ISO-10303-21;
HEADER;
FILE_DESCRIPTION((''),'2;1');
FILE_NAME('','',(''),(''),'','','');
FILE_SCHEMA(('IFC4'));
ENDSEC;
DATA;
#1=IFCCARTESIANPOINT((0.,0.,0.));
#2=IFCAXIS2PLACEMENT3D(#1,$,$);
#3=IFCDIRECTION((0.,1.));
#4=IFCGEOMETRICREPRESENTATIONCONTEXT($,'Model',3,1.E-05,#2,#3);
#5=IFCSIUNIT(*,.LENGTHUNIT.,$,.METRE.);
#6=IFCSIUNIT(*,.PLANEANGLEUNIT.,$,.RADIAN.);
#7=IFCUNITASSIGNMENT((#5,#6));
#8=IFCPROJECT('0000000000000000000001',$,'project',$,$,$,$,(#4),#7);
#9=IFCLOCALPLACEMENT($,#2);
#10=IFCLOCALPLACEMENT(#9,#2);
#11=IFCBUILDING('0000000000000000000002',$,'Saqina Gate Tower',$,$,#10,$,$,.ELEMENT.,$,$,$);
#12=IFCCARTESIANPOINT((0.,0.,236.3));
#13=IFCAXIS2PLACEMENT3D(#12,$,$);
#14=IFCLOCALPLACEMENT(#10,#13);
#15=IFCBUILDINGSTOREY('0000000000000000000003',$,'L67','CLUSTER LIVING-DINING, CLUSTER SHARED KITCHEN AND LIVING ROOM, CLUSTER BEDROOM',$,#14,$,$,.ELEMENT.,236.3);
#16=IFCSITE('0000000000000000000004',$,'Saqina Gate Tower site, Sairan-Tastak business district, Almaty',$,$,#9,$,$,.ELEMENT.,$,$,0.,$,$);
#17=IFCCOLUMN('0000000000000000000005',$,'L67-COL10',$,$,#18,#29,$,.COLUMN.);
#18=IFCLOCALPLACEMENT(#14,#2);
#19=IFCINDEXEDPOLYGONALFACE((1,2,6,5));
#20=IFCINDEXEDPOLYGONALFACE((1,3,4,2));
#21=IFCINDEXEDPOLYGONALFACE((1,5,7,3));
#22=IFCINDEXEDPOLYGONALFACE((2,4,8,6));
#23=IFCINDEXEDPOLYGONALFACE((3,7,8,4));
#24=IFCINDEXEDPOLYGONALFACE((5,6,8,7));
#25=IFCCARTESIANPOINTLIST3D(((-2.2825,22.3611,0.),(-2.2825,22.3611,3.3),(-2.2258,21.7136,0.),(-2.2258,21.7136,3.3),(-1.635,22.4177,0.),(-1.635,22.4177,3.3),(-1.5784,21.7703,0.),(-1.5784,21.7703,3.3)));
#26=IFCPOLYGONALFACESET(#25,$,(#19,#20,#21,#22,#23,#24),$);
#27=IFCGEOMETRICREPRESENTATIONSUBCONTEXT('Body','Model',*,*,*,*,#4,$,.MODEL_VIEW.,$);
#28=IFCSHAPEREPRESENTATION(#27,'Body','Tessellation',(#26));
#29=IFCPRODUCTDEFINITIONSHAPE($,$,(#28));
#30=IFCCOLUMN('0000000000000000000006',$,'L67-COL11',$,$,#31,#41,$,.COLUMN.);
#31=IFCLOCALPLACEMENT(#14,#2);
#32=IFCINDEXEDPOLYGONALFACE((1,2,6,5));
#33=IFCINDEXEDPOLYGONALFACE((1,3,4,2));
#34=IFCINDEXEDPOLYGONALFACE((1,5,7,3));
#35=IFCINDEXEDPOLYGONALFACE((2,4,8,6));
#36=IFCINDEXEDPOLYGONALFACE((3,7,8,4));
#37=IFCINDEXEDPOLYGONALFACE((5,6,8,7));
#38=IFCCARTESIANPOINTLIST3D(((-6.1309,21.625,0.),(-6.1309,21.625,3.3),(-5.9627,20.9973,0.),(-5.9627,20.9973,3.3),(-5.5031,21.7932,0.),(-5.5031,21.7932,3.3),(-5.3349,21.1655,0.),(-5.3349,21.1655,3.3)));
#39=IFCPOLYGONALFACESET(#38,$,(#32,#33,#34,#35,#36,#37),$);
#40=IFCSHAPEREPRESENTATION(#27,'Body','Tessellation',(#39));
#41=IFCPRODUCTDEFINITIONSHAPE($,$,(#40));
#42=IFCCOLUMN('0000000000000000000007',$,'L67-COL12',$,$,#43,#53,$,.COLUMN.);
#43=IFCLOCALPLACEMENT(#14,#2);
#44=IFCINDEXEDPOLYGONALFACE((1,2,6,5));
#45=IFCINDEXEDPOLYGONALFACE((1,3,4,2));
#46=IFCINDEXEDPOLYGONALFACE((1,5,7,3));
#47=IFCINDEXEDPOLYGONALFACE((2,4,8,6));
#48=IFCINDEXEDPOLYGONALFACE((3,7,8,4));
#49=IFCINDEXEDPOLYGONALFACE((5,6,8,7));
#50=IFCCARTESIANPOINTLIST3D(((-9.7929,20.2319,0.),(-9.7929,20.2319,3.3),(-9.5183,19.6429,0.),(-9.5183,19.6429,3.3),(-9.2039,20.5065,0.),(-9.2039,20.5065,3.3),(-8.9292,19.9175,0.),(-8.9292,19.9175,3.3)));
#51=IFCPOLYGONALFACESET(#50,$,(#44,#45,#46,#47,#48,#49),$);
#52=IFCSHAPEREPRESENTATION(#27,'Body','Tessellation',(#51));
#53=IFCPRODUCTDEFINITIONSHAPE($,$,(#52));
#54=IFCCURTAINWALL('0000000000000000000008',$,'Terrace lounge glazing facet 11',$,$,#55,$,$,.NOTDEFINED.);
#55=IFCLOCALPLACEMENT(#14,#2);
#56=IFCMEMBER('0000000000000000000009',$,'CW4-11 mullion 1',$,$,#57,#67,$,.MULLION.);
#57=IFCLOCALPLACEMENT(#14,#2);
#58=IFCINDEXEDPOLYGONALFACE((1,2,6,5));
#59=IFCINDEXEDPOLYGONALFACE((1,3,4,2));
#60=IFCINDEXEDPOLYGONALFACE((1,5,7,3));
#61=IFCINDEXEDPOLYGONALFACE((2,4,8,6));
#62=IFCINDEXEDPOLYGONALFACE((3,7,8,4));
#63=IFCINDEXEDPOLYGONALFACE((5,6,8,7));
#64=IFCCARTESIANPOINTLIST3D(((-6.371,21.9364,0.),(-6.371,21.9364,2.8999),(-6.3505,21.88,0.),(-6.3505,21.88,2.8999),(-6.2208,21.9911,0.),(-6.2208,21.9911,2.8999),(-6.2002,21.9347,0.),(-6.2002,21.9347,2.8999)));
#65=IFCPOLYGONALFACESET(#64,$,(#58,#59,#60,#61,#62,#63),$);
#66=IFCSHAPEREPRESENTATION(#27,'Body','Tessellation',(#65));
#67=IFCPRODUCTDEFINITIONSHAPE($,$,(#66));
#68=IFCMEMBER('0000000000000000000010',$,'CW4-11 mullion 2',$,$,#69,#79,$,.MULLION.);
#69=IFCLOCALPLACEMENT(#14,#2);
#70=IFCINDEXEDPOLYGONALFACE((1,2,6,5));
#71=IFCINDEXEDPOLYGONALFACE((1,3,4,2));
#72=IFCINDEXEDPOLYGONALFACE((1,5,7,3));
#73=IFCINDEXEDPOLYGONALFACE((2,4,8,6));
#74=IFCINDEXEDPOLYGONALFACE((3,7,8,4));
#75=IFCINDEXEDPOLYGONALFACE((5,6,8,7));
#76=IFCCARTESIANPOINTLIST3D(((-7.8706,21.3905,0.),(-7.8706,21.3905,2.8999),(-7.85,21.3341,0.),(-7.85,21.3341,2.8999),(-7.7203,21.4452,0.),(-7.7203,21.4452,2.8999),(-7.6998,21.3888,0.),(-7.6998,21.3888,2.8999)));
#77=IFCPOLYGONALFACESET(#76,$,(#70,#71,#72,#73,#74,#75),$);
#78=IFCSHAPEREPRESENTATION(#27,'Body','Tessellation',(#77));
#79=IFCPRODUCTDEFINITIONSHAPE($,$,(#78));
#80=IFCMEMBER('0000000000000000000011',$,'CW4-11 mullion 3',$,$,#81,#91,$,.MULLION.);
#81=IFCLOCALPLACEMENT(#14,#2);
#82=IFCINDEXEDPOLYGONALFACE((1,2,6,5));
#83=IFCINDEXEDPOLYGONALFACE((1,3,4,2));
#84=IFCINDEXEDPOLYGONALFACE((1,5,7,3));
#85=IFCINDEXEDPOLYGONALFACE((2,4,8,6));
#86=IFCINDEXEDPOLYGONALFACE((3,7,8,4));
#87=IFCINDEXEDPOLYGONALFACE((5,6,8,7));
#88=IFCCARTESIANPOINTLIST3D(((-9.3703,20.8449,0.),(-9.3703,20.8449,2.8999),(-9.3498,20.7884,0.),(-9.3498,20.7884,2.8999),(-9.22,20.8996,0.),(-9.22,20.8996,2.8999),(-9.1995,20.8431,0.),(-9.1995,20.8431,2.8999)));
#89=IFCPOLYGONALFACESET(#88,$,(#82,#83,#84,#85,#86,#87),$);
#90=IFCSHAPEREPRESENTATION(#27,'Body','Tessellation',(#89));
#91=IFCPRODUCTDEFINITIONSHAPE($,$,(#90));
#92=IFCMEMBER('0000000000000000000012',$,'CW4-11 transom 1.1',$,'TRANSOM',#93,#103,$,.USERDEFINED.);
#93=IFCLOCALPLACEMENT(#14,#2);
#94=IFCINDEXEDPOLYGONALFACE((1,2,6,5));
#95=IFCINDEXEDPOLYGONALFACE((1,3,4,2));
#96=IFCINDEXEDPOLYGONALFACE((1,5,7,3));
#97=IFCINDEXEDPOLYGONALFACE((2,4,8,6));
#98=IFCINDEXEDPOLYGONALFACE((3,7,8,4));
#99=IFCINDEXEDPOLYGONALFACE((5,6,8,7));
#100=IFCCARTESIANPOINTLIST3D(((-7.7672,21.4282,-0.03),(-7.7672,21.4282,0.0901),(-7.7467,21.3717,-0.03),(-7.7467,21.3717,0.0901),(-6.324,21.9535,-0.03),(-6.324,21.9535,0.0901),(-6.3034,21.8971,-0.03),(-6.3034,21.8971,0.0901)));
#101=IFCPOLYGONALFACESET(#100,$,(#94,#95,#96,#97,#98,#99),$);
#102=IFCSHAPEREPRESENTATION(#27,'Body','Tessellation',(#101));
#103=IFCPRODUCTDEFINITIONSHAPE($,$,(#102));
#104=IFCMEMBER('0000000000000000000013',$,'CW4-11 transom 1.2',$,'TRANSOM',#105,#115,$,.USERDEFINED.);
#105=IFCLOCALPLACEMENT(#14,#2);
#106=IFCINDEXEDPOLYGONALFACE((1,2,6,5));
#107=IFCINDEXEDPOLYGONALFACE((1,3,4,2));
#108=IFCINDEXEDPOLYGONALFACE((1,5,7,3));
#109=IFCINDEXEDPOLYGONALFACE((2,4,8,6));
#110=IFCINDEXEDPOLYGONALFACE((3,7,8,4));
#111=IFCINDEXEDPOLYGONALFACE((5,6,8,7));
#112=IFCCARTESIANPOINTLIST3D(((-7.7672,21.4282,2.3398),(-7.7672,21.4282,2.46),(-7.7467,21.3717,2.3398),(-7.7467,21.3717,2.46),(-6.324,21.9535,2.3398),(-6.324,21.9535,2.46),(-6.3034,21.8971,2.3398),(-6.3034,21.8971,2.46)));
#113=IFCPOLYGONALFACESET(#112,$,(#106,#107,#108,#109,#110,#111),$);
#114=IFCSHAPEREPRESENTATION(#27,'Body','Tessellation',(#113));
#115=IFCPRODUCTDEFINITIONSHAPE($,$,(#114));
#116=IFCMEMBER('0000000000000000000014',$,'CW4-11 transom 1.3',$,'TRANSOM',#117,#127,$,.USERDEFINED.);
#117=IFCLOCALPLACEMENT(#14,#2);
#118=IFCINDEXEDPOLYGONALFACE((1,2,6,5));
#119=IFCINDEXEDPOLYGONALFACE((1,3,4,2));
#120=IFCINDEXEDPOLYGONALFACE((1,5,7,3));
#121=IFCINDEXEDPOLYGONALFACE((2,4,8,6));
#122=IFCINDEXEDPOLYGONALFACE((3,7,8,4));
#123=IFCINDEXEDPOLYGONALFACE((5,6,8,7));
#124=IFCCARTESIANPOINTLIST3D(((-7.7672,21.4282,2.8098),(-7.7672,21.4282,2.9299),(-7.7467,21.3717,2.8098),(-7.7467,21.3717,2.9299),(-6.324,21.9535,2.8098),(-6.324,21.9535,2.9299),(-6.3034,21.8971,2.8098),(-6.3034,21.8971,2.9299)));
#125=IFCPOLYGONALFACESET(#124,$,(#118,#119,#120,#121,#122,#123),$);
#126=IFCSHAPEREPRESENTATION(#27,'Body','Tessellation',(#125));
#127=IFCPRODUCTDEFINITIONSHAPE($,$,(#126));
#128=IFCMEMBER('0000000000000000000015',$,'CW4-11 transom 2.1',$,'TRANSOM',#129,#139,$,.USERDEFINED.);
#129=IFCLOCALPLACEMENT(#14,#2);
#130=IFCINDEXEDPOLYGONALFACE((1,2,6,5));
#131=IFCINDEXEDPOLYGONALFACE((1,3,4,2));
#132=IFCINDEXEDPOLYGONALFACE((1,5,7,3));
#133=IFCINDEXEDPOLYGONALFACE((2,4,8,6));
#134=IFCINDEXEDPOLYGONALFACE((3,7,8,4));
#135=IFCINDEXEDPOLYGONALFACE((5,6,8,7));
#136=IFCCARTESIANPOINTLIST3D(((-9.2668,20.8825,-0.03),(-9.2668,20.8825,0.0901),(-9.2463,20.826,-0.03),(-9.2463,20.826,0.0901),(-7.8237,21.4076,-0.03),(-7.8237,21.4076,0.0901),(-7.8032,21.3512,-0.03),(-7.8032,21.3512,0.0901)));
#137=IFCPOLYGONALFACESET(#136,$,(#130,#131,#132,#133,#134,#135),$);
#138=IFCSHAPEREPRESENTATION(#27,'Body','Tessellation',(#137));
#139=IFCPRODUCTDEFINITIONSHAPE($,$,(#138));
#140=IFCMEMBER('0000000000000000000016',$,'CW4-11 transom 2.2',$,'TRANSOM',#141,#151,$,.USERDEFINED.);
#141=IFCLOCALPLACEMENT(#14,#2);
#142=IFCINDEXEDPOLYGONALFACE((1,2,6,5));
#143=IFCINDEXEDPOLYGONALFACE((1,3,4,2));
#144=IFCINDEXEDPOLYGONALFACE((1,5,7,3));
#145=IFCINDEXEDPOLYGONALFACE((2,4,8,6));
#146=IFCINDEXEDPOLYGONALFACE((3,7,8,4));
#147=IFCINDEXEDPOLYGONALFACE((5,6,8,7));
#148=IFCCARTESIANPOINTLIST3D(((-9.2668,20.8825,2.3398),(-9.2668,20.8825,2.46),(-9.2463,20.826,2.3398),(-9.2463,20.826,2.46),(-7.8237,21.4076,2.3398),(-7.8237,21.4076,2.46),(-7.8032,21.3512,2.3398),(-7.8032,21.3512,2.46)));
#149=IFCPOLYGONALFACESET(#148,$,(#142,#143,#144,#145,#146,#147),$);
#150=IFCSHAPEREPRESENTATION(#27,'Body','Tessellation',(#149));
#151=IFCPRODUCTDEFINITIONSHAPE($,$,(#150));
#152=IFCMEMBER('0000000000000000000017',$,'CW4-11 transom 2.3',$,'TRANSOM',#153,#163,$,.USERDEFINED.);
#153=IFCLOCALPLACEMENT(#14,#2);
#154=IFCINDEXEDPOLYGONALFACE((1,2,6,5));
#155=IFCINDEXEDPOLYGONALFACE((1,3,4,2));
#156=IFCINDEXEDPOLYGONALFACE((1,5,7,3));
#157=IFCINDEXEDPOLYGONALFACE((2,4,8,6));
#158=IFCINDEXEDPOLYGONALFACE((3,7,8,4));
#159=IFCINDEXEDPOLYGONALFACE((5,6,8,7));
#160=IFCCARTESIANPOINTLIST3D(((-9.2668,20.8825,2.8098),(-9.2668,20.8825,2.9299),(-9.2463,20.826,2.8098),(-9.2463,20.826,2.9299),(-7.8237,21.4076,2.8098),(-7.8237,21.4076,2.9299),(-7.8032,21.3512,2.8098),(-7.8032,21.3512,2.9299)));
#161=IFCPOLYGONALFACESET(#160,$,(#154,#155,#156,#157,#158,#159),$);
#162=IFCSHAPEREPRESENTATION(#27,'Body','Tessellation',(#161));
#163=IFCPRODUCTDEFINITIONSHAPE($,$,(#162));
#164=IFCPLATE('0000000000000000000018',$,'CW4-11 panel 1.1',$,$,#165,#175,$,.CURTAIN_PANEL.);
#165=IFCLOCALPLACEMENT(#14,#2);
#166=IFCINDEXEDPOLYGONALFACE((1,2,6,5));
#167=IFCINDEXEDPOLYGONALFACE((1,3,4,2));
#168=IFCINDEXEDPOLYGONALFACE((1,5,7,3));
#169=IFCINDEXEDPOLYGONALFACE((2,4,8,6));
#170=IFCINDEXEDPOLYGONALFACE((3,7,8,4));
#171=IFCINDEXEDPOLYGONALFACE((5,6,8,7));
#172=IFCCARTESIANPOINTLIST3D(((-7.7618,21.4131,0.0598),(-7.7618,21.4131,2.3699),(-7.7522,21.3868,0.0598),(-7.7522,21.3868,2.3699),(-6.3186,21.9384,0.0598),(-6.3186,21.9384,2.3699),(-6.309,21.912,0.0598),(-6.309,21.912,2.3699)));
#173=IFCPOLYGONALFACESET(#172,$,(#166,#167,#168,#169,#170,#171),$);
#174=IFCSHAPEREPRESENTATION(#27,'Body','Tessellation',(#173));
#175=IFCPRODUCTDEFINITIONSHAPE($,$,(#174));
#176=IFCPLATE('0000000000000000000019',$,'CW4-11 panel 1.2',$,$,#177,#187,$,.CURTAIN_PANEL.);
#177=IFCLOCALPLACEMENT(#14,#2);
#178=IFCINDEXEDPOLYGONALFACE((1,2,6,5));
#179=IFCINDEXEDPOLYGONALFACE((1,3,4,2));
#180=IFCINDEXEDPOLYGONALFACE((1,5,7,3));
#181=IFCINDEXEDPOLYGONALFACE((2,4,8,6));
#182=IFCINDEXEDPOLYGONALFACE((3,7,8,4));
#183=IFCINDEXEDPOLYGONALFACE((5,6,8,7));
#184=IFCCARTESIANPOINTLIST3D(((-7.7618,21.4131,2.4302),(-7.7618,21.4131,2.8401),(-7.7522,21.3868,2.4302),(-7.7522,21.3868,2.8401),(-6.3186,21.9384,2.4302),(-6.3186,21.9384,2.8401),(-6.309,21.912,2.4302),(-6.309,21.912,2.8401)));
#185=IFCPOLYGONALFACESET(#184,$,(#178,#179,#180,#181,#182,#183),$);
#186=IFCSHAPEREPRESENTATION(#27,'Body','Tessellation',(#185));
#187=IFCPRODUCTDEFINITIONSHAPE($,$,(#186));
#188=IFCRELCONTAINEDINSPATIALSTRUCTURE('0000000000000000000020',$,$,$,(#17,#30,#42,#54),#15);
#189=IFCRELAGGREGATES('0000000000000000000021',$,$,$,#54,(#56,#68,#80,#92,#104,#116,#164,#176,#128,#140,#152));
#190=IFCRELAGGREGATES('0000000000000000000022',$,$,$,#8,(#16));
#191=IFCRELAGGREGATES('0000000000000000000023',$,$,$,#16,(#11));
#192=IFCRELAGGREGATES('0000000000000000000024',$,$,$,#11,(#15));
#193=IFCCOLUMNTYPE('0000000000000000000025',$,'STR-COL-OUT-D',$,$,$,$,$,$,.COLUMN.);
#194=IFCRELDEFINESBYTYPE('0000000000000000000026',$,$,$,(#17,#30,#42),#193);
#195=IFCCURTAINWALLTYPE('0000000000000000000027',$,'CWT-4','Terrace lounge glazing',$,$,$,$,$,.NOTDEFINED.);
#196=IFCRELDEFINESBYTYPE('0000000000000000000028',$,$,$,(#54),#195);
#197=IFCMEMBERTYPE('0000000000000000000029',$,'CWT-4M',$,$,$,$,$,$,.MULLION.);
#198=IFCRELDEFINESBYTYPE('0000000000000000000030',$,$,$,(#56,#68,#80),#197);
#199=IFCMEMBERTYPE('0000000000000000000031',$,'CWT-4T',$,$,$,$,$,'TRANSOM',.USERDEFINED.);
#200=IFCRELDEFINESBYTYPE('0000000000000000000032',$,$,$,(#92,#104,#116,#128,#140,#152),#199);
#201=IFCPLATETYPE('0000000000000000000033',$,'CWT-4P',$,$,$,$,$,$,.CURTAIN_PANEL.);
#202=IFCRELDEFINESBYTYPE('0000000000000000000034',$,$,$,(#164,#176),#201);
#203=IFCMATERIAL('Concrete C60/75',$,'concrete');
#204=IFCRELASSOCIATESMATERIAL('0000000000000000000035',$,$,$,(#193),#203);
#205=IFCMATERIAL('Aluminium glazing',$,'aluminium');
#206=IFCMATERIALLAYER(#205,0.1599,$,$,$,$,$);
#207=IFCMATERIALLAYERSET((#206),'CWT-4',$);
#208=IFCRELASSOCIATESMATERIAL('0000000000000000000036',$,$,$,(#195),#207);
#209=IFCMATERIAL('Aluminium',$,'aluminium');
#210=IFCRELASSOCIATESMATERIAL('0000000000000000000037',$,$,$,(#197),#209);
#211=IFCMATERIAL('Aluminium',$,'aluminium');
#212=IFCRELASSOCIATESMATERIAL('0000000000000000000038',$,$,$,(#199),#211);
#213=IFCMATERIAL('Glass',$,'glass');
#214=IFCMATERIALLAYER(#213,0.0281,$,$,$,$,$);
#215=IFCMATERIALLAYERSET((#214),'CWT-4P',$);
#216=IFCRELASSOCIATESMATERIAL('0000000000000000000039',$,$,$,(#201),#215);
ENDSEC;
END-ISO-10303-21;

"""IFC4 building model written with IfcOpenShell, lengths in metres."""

from ifc_helpers import new_model, si_unit, direction, frame, origin, origin_2d, place, context, subcontext, project, spatial, rectangle, extrude, material, layer, layer_set, material_profile, profile_set, type_object, element, aggregate, save


model = new_model("IFC4")

# Units and contexts
model_context = context("Model", 3, precision=1e-05, world=origin(), true_north=direction((0.0, 1.0)))
body_context = subcontext(model_context, "Body", "Model", "MODEL_VIEW")
ifc_project = project(units=[si_unit("LENGTHUNIT", "METRE"), si_unit("PLANEANGLEUNIT", "RADIAN")], contexts=[model_context])

# Site, building, storey
site_placement = place(None, origin())
site = spatial("IfcSite", under=ifc_project, at=site_placement, Name="Saqina Gate Tower site, Sairan-Tastak business district, Almaty", CompositionType="ELEMENT", RefElevation=0.0)
building_placement = place(site_placement, origin())
building = spatial("IfcBuilding", under=site, at=building_placement, Name="Saqina Gate Tower", CompositionType="ELEMENT")
storey_placement = place(building_placement, frame((0.0, 0.0, 236.3)))
storey = spatial("IfcBuildingStorey", under=building, at=storey_placement, Name="L67", Description="CLUSTER LIVING-DINING, CLUSTER SHARED KITCHEN AND LIVING ROOM, CLUSTER BEDROOM", CompositionType="ELEMENT", Elevation=236.3)

# Columns
ifc_material_1 = material(Name="Concrete C60/75", Category="concrete")
ifc_material_profile_1 = material_profile(ifc_material_1, rectangle(XDim=0.6499, YDim=0.6499, at=origin_2d()), Name="RC 650x650")
ifc_profile_set_1 = profile_set([ifc_material_profile_1], Name="Concrete C60/75")
column_type = type_object("IfcColumnType", Name="STR-COL-OUT-D", PredefinedType="COLUMN", material=ifc_profile_set_1)
for number, where, z_axis, x_axis, name in (
    (1, (-1.9304, 22.0657, 0.0), (0.0, 0.0, 1.0), (-0.087156, 0.996195, 0.0), "L67-COL10"),
    (2, (-5.7329, 21.3953, 0.0), (0.0, 0.0, 1.0), (-0.258819, 0.965926, 0.0), "L67-COL11"),
    (3, (-9.3611, 20.0747, 0.0), (0.0, 0.0, 1.0), (-0.422618, 0.906308, 0.0), "L67-COL12"),
):
    element("IfcColumn", number, at=place(storey_placement, frame(where, z_axis=z_axis, x_axis=x_axis)), inside=storey, type_object=column_type, Name=name, PredefinedType="COLUMN", context=body_context, shape_type="SweptSolid", body=[
        extrude(rectangle(XDim=0.6499, YDim=0.6499, at=origin_2d()), origin(), (0.0, 0.0, 1.0), 3.3),
    ])

# Curtain wall, members, plates
ifc_material_2 = material(Name="Aluminium glazing", Category="aluminium")
ifc_layer_1 = layer(ifc_material_2, 0.1599)
ifc_layer_set_1 = layer_set([ifc_layer_1], Name="CWT-4")
curtain_wall_type = type_object("IfcCurtainWallType", Name="CWT-4", Description="Terrace lounge glazing", PredefinedType="NOTDEFINED", material=ifc_layer_set_1)
curtain_wall_placement = place(storey_placement, origin())
curtain_wall = element("IfcCurtainWall", 4, at=curtain_wall_placement, inside=storey, type_object=curtain_wall_type, Name="Terrace lounge glazing facet 11", PredefinedType="NOTDEFINED")
ifc_material_3 = material(Name="Aluminium", Category="aluminium")
ifc_material_profile_2 = material_profile(ifc_material_3, rectangle(XDim=0.0601, YDim=0.1599, at=origin_2d()), Name="Aluminium 60x160")
ifc_profile_set_2 = profile_set([ifc_material_profile_2], Name="Aluminium")
member_type_1 = type_object("IfcMemberType", Name="CWT-4M", PredefinedType="MULLION", material=ifc_profile_set_2)
member_1_placement = place(storey_placement, frame((-6.2856, 21.9355, 0.0), z_axis=(0.0, 0.0, 1.0), x_axis=(0.342007, -0.939697, 0.0)))
member_1 = element("IfcMember", 5, at=member_1_placement, type_object=member_type_1, Name="CW4-11 mullion 1", PredefinedType="MULLION", context=body_context, shape_type="SweptSolid", body=[
    extrude(rectangle(XDim=0.0601, YDim=0.1599, at=origin_2d()), origin(), (0.0, 0.0, 1.0), 2.8999),
])
member_2_placement = place(storey_placement, frame((-7.7852, 21.3896, 0.0), z_axis=(0.0, 0.0, 1.0), x_axis=(0.342007, -0.939697, 0.0)))
member_2 = element("IfcMember", 6, at=member_2_placement, type_object=member_type_1, Name="CW4-11 mullion 2", PredefinedType="MULLION", context=body_context, shape_type="SweptSolid", body=[
    extrude(rectangle(XDim=0.0601, YDim=0.1599, at=origin_2d()), origin(), (0.0, 0.0, 1.0), 2.8999),
])
member_3_placement = place(storey_placement, frame((-9.2849, 20.844, 0.0), z_axis=(0.0, 0.0, 1.0), x_axis=(0.342007, -0.939697, 0.0)))
member_3 = element("IfcMember", 7, at=member_3_placement, type_object=member_type_1, Name="CW4-11 mullion 3", PredefinedType="MULLION", context=body_context, shape_type="SweptSolid", body=[
    extrude(rectangle(XDim=0.0601, YDim=0.1599, at=origin_2d()), origin(), (0.0, 0.0, 1.0), 2.8999),
])
ifc_material_4 = material(Name="Aluminium", Category="aluminium")
ifc_material_profile_3 = material_profile(ifc_material_4, rectangle(XDim=0.0601, YDim=0.1201, at=origin_2d()), Name="Aluminium 60x120")
ifc_profile_set_3 = profile_set([ifc_material_profile_3], Name="Aluminium")
member_type_2 = type_object("IfcMemberType", Name="CWT-4T", ElementType="TRANSOM", PredefinedType="USERDEFINED", material=ifc_profile_set_3)
member_4_placement = place(storey_placement, frame((-6.3137, 21.9253, 0.03), z_axis=(-0.939682, -0.342049, 0.0), x_axis=(0.342049, -0.939682, 0.0)))
member_4 = element("IfcMember", 8, at=member_4_placement, type_object=member_type_2, Name="CW4-11 transom 1.1", ObjectType="TRANSOM", PredefinedType="USERDEFINED", context=body_context, shape_type="SweptSolid", body=[
    extrude(rectangle(XDim=0.0601, YDim=0.1201, at=origin_2d()), origin(), (0.0, 0.0, 1.0), 1.5359),
])
member_5_placement = place(storey_placement, frame((-6.3137, 21.9253, 2.3999), z_axis=(-0.939682, -0.342049, 0.0), x_axis=(0.342049, -0.939682, 0.0)))
member_5 = element("IfcMember", 9, at=member_5_placement, type_object=member_type_2, Name="CW4-11 transom 1.2", ObjectType="TRANSOM", PredefinedType="USERDEFINED", context=body_context, shape_type="SweptSolid", body=[
    extrude(rectangle(XDim=0.0601, YDim=0.1201, at=origin_2d()), origin(), (0.0, 0.0, 1.0), 1.5359),
])
member_6_placement = place(storey_placement, frame((-6.3137, 21.9253, 2.8699), z_axis=(-0.939682, -0.342049, 0.0), x_axis=(0.342049, -0.939682, 0.0)))
member_6 = element("IfcMember", 10, at=member_6_placement, type_object=member_type_2, Name="CW4-11 transom 1.3", ObjectType="TRANSOM", PredefinedType="USERDEFINED", context=body_context, shape_type="SweptSolid", body=[
    extrude(rectangle(XDim=0.0601, YDim=0.1201, at=origin_2d()), origin(), (0.0, 0.0, 1.0), 1.5359),
])
member_7_placement = place(storey_placement, frame((-7.8135, 21.3794, 0.03), z_axis=(-0.939714, -0.34196, 0.0), x_axis=(0.34196, -0.939714, 0.0)))
member_7 = element("IfcMember", 11, at=member_7_placement, type_object=member_type_2, Name="CW4-11 transom 2.1", ObjectType="TRANSOM", PredefinedType="USERDEFINED", context=body_context, shape_type="SweptSolid", body=[
    extrude(rectangle(XDim=0.0601, YDim=0.1201, at=origin_2d()), origin(), (0.0, 0.0, 1.0), 1.5356),
])
member_8_placement = place(storey_placement, frame((-7.8135, 21.3794, 2.3999), z_axis=(-0.939714, -0.34196, 0.0), x_axis=(0.34196, -0.939714, 0.0)))
member_8 = element("IfcMember", 12, at=member_8_placement, type_object=member_type_2, Name="CW4-11 transom 2.2", ObjectType="TRANSOM", PredefinedType="USERDEFINED", context=body_context, shape_type="SweptSolid", body=[
    extrude(rectangle(XDim=0.0601, YDim=0.1201, at=origin_2d()), origin(), (0.0, 0.0, 1.0), 1.5356),
])
member_9_placement = place(storey_placement, frame((-7.8135, 21.3794, 2.8699), z_axis=(-0.939714, -0.34196, 0.0), x_axis=(0.34196, -0.939714, 0.0)))
member_9 = element("IfcMember", 13, at=member_9_placement, type_object=member_type_2, Name="CW4-11 transom 2.3", ObjectType="TRANSOM", PredefinedType="USERDEFINED", context=body_context, shape_type="SweptSolid", body=[
    extrude(rectangle(XDim=0.0601, YDim=0.1201, at=origin_2d()), origin(), (0.0, 0.0, 1.0), 1.5356),
])
ifc_material_5 = material(Name="Glass", Category="glass")
ifc_layer_2 = layer(ifc_material_5, 0.0281)
ifc_layer_set_2 = layer_set([ifc_layer_2], Name="CWT-4P")
plate_type = type_object("IfcPlateType", Name="CWT-4P", PredefinedType="CURTAIN_PANEL", material=ifc_layer_set_2)
plate_1_placement = place(storey_placement, frame((-7.0354, 21.6626, 0.0598), z_axis=(0.0, 0.0, 1.0), x_axis=(-0.939697, -0.342007, 0.0)))
plate_1 = element("IfcPlate", 14, at=plate_1_placement, type_object=plate_type, Name="CW4-11 panel 1.1", PredefinedType="CURTAIN_PANEL", context=body_context, shape_type="SweptSolid", body=[
    extrude(rectangle(XDim=1.5359, YDim=0.0281, at=origin_2d()), origin(), (0.0, 0.0, 1.0), 2.3101),
])
plate_2_placement = place(storey_placement, frame((-7.0354, 21.6626, 2.4302), z_axis=(0.0, 0.0, 1.0), x_axis=(-0.939697, -0.342007, 0.0)))
plate_2 = element("IfcPlate", 15, at=plate_2_placement, type_object=plate_type, Name="CW4-11 panel 1.2", PredefinedType="CURTAIN_PANEL", context=body_context, shape_type="SweptSolid", body=[
    extrude(rectangle(XDim=1.5359, YDim=0.0281, at=origin_2d()), origin(), (0.0, 0.0, 1.0), 0.4099),
])
aggregate(curtain_wall, [member_1, member_2, member_3, member_4, member_5, member_6, plate_1, plate_2, member_7, member_8, member_9])

save(model, "model.ifc")
